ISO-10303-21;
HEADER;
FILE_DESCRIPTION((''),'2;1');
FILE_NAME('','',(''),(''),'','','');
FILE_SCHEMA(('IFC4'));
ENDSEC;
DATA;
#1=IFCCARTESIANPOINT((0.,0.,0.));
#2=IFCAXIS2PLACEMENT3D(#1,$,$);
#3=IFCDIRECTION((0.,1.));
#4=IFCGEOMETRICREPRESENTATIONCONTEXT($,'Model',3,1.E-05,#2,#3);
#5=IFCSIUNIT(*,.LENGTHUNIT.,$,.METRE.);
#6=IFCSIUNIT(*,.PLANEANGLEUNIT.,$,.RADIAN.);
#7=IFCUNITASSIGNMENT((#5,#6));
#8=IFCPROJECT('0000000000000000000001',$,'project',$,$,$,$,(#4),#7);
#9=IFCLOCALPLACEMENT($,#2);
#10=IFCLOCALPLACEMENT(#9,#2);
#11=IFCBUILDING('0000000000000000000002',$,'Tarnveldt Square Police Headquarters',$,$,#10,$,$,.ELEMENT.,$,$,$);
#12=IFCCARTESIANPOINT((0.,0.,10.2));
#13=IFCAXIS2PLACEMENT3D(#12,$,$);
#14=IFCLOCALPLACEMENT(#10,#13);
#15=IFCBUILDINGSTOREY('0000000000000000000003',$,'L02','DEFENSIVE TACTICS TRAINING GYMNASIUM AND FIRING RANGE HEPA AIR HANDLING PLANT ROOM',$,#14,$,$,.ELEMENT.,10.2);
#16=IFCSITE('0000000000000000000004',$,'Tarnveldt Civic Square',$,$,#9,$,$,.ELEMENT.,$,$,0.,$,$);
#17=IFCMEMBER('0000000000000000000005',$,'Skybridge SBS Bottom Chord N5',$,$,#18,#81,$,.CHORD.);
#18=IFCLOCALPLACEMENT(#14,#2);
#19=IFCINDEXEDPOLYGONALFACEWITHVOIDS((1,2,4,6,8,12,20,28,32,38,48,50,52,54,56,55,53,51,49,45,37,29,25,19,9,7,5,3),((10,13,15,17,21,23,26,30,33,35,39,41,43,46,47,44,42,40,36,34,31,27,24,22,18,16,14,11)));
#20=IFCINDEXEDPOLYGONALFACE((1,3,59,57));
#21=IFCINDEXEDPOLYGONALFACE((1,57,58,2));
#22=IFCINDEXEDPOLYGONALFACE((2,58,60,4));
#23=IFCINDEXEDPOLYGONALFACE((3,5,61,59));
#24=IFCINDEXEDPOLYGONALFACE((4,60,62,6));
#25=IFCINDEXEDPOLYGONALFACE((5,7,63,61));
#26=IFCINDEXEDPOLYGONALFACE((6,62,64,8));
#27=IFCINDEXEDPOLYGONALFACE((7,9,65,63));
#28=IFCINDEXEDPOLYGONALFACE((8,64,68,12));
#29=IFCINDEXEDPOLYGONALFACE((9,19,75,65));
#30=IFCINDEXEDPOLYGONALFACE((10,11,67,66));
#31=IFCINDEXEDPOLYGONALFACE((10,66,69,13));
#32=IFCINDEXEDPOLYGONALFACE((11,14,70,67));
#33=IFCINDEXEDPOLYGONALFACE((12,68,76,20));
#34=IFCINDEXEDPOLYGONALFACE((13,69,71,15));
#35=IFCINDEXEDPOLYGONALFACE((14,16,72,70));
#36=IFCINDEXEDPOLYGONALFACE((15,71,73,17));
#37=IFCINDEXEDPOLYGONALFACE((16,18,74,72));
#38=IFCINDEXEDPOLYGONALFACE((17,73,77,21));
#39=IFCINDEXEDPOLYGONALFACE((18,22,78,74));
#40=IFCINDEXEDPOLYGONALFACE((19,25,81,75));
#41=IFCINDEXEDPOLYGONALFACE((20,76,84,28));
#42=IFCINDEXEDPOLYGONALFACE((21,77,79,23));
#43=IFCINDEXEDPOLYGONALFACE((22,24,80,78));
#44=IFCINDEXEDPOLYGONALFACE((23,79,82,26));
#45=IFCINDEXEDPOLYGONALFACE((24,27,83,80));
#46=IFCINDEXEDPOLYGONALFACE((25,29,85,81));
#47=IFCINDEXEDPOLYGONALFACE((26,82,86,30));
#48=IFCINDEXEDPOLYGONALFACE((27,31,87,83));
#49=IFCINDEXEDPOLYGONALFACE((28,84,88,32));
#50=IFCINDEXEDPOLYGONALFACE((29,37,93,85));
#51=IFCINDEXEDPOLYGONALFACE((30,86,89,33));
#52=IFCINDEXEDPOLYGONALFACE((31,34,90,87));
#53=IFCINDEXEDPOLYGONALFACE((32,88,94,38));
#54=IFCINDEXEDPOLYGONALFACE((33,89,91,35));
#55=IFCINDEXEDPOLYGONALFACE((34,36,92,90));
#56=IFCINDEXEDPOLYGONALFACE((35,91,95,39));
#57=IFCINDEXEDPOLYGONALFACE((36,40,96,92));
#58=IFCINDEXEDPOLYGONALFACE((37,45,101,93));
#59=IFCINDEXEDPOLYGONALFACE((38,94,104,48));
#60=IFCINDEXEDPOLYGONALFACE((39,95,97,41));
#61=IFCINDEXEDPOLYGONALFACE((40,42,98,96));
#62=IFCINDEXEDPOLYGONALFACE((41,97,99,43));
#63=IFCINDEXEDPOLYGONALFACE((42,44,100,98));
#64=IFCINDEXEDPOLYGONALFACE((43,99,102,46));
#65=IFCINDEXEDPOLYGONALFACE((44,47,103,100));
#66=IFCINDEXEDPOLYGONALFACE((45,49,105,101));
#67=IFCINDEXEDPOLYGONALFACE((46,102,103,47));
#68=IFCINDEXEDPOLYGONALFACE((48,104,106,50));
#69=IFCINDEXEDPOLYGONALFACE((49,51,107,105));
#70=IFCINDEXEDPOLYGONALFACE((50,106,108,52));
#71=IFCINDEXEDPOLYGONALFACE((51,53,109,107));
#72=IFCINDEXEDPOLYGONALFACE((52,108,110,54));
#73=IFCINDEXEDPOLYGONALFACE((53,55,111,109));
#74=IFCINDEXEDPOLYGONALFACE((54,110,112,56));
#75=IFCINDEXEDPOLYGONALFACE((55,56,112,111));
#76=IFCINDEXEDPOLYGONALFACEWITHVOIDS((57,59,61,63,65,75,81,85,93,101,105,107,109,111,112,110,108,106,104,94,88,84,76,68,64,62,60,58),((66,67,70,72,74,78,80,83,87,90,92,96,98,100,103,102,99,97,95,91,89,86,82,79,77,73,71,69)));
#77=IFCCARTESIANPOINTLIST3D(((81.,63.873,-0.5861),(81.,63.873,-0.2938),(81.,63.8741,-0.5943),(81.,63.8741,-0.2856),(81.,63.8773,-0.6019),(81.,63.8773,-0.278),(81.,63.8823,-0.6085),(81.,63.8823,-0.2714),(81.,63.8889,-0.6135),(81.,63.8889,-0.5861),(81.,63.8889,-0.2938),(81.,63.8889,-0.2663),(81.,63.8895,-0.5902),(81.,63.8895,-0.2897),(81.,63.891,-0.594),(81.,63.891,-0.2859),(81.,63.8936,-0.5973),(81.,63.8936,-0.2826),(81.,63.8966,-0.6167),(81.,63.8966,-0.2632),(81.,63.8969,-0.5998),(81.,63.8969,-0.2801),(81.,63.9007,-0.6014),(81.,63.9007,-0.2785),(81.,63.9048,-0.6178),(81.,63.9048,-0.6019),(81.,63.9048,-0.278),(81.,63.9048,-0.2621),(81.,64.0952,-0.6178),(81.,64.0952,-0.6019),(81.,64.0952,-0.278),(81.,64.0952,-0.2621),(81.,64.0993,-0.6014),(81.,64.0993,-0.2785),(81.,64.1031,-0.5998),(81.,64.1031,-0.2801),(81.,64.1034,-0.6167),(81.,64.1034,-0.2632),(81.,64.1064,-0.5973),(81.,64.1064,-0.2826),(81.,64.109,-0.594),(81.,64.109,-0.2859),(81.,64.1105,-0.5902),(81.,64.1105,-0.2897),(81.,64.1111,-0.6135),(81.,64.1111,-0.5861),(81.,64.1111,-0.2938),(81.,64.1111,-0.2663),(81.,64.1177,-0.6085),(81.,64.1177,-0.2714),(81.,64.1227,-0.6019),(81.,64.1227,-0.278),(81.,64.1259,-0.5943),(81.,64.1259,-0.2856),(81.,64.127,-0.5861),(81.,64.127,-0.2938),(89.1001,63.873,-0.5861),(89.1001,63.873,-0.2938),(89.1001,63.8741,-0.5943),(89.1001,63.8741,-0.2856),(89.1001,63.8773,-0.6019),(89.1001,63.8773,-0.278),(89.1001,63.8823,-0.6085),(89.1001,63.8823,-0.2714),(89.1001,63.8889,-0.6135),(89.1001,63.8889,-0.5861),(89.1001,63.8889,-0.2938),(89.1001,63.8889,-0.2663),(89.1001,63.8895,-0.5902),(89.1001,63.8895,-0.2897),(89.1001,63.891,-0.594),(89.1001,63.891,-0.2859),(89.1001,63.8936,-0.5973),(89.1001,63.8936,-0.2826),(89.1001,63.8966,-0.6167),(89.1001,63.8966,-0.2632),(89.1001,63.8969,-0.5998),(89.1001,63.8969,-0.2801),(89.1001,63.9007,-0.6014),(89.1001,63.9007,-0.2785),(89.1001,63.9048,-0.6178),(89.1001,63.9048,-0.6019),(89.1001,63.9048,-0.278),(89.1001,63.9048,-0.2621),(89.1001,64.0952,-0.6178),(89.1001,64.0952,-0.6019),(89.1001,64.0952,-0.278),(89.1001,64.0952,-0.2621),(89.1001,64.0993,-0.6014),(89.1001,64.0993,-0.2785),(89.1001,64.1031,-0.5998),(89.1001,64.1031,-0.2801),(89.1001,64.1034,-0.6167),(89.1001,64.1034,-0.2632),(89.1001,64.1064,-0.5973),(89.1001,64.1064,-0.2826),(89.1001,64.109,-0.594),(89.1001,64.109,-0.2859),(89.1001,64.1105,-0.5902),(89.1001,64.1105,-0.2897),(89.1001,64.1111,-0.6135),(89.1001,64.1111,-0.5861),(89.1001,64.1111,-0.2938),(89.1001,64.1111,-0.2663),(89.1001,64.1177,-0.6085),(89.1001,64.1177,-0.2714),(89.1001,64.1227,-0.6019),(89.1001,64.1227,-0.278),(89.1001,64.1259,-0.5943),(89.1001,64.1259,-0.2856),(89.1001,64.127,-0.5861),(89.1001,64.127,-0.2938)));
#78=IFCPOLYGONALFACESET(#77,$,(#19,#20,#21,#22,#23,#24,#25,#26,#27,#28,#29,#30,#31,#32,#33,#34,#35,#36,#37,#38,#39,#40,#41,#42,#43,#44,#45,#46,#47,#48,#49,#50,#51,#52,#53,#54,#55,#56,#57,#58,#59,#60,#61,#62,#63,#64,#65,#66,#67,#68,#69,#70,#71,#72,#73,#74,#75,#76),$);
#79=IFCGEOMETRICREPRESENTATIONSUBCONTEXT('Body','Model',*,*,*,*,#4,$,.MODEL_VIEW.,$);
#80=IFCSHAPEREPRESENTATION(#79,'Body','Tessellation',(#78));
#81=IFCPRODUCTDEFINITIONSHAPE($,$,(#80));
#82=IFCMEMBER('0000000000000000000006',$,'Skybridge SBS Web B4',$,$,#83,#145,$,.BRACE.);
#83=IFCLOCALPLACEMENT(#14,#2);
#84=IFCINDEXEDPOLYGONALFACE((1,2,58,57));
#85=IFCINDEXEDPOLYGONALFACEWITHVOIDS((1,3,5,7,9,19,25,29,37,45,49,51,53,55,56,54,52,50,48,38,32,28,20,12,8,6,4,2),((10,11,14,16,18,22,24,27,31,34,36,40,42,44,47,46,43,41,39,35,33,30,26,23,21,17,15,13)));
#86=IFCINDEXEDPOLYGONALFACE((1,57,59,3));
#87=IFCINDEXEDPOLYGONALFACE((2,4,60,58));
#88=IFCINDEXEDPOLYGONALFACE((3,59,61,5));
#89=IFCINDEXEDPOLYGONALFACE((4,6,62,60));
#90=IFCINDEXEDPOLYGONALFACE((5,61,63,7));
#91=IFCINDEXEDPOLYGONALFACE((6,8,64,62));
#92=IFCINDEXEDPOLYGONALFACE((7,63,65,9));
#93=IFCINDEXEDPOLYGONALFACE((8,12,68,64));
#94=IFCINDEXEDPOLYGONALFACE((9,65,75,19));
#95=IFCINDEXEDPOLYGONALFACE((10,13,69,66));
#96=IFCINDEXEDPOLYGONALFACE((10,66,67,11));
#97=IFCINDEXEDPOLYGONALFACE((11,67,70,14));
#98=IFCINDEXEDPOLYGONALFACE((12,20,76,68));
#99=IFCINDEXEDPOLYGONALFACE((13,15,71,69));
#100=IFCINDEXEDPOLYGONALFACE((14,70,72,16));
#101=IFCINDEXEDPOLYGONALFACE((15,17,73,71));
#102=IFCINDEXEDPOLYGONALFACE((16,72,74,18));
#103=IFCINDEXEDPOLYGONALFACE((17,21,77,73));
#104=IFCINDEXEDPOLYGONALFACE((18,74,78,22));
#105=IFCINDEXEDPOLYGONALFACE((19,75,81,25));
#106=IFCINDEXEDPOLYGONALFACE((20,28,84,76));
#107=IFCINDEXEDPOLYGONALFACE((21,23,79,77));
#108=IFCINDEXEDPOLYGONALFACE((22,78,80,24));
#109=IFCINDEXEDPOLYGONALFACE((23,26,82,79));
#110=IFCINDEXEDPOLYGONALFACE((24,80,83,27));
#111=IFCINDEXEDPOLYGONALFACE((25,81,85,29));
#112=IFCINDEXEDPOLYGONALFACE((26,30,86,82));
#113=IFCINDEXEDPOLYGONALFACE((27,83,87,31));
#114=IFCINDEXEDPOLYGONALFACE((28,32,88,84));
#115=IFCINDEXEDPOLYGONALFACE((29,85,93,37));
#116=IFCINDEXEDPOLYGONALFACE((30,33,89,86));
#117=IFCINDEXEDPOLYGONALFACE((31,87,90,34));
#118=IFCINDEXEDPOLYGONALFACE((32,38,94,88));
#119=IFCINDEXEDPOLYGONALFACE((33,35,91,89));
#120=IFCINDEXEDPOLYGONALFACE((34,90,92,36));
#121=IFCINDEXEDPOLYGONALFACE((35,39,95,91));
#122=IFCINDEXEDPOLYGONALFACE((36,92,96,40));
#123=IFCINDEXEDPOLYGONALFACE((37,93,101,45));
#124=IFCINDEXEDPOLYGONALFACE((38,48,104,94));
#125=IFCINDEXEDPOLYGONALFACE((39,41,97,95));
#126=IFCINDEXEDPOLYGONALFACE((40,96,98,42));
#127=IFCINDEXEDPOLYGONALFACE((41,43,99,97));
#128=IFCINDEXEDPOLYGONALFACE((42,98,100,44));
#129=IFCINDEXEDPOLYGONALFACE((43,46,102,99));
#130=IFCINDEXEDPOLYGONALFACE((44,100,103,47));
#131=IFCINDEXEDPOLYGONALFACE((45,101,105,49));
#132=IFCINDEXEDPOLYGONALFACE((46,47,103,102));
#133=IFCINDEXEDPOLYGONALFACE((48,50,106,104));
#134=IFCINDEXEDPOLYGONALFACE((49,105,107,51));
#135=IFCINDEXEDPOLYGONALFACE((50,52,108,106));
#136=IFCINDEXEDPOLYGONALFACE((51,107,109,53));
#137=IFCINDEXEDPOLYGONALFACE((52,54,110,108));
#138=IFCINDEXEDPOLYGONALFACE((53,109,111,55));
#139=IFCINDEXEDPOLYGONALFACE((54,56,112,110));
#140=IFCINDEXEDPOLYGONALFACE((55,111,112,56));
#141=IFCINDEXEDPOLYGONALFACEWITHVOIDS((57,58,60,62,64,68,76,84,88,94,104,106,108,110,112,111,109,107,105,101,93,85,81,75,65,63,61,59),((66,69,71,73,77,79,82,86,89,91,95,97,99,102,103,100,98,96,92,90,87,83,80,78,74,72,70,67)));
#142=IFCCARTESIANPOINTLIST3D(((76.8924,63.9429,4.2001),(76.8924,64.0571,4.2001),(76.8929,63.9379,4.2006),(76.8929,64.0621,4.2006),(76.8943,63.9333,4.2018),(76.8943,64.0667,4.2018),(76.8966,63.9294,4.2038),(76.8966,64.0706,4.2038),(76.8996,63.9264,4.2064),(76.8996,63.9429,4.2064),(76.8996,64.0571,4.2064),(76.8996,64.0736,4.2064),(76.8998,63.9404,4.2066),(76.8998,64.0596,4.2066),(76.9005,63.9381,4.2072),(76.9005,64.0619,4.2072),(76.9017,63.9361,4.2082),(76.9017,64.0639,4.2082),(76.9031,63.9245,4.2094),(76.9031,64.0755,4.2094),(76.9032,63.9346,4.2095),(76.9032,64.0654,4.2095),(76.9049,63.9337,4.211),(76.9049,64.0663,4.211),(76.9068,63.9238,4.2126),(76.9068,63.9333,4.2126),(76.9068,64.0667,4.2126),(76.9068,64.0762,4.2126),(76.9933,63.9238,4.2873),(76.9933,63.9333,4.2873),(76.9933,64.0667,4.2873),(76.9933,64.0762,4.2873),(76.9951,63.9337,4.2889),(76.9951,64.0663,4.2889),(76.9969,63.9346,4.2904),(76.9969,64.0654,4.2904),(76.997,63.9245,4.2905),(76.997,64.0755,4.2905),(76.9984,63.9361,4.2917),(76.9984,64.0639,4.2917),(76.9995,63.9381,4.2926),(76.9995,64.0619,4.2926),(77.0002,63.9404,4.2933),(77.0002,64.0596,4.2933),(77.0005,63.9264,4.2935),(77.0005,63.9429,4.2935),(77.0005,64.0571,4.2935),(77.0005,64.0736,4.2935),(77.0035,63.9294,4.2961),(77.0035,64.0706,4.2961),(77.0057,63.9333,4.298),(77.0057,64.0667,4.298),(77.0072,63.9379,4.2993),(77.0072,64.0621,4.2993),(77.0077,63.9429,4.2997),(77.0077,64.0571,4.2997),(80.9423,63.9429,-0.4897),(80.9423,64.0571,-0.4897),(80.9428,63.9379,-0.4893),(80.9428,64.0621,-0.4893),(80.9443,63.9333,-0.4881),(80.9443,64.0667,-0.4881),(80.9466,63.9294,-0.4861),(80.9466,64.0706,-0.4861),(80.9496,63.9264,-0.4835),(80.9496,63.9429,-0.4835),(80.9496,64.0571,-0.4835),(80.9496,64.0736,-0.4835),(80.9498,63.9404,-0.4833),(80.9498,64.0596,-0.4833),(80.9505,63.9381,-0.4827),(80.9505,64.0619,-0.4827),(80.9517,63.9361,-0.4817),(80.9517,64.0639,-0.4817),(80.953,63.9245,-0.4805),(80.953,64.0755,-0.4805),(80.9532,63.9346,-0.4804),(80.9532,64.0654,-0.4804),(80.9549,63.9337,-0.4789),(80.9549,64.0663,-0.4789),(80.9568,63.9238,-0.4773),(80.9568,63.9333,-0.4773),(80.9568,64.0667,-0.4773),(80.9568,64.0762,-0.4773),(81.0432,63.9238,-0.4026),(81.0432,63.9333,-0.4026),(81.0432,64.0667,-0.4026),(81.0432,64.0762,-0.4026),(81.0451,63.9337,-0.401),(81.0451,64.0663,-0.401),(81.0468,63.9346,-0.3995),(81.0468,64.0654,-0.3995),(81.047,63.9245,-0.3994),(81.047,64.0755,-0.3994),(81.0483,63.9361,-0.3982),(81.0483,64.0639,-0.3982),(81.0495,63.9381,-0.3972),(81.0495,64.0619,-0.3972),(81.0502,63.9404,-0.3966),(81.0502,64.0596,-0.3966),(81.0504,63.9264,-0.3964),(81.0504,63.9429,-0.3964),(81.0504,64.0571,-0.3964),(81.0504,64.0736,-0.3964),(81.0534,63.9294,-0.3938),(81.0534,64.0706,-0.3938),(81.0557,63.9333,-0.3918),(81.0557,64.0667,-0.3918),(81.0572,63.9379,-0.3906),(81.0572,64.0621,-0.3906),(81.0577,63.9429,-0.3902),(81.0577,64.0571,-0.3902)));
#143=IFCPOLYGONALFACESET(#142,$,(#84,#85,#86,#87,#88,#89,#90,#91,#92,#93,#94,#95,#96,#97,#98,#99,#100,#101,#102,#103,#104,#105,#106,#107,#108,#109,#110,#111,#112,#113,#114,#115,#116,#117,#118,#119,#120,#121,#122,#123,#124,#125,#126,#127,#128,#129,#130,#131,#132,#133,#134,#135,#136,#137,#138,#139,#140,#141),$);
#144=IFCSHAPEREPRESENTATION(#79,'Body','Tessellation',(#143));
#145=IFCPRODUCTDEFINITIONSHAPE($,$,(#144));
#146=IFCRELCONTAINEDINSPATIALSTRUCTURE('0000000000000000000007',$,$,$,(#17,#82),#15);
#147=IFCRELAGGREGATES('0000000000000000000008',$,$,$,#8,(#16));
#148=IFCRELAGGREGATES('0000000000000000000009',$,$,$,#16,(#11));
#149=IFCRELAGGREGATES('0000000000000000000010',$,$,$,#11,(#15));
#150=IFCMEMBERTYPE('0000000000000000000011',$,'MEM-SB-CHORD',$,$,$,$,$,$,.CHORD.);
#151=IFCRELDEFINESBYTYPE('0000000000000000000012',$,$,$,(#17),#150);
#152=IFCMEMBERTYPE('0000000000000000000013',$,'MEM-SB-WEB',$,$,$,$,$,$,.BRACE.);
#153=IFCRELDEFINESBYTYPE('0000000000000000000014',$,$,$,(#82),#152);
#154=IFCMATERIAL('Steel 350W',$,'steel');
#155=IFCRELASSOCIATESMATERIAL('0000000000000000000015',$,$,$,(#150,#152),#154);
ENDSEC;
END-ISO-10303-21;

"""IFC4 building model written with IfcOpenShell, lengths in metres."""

from ifc_helpers import new_model, si_unit, direction, frame, origin, origin_2d, place, context, subcontext, project, spatial, hollow_rectangle, extrude, material, material_profile, profile_set, type_object, element, save


model = new_model("IFC4")

# Units and contexts
model_context = context("Model", 3, precision=1e-05, world=origin(), true_north=direction((0.0, 1.0)))
body_context = subcontext(model_context, "Body", "Model", "MODEL_VIEW")
ifc_project = project(units=[si_unit("LENGTHUNIT", "METRE"), si_unit("PLANEANGLEUNIT", "RADIAN")], contexts=[model_context])

# Site, building, storey
site_placement = place(None, origin())
site = spatial("IfcSite", under=ifc_project, at=site_placement, Name="Tarnveldt Civic Square", CompositionType="ELEMENT", RefElevation=0.0)
building_placement = place(site_placement, origin())
building = spatial("IfcBuilding", under=site, at=building_placement, Name="Tarnveldt Square Police Headquarters", CompositionType="ELEMENT")
storey_placement = place(building_placement, frame((0.0, 0.0, 10.2)))
storey = spatial("IfcBuildingStorey", under=building, at=storey_placement, Name="L02", Description="DEFENSIVE TACTICS TRAINING GYMNASIUM AND FIRING RANGE HEPA AIR HANDLING PLANT ROOM", CompositionType="ELEMENT", Elevation=10.2)

# Members
ifc_material_1 = material(Name="Steel 350W", Category="steel")
ifc_material_profile_1 = material_profile(ifc_material_1, hollow_rectangle(XDim=0.2539, YDim=0.3557, WallThickness=0.0159, InnerFilletRadius=0.0159, OuterFilletRadius=0.0317, at=origin_2d()), Name="HSS356x254x16")
ifc_profile_set_1 = profile_set([ifc_material_profile_1], Name="Steel 350W")
member_type_1 = type_object("IfcMemberType", Name="MEM-SB-CHORD", PredefinedType="CHORD", material=ifc_profile_set_1)
member_1_placement = place(storey_placement, frame((81.0, 64.0, -0.4399), z_axis=(1.0, 0.0, 0.0), x_axis=(0.0, 1.0, 0.0)))
element("IfcMember", 1, at=member_1_placement, inside=storey, type_object=member_type_1, Name="Skybridge SBS Bottom Chord N5", PredefinedType="CHORD", context=body_context, shape_type="SweptSolid", body=[
    extrude(hollow_rectangle(XDim=0.2539, YDim=0.3557, WallThickness=0.0159, InnerFilletRadius=0.0159, OuterFilletRadius=0.0317, at=origin_2d()), origin(), (0.0, 0.0, 1.0), 8.1001),
])
ifc_material_profile_2 = material_profile(ifc_material_1, hollow_rectangle(XDim=0.1523, YDim=0.1523, WallThickness=0.0095, InnerFilletRadius=0.0095, OuterFilletRadius=0.019, at=origin_2d()), Name="HSS152x152x9.5")
ifc_profile_set_2 = profile_set([ifc_material_profile_2], Name="Steel 350W")
member_type_2 = type_object("IfcMemberType", Name="MEM-SB-WEB", PredefinedType="BRACE", material=ifc_profile_set_2)
for number, where, z_axis, x_axis, name in (
    (2, (81.0, 64.0, -0.4399), (-0.653587, 0.0, 0.756851), (0.0, -1.0, 0.0), "Skybridge SBS Web B4"),
):
    element("IfcMember", number, at=place(storey_placement, frame(where, z_axis=z_axis, x_axis=x_axis)), inside=storey, type_object=member_type_2, Name=name, PredefinedType="BRACE", context=body_context, shape_type="SweptSolid", body=[
        extrude(hollow_rectangle(XDim=0.1523, YDim=0.1523, WallThickness=0.0095, InnerFilletRadius=0.0095, OuterFilletRadius=0.019, at=origin_2d()), origin(), (0.0, 0.0, 1.0), 6.1965),
    ])

save(model, "model.ifc")
